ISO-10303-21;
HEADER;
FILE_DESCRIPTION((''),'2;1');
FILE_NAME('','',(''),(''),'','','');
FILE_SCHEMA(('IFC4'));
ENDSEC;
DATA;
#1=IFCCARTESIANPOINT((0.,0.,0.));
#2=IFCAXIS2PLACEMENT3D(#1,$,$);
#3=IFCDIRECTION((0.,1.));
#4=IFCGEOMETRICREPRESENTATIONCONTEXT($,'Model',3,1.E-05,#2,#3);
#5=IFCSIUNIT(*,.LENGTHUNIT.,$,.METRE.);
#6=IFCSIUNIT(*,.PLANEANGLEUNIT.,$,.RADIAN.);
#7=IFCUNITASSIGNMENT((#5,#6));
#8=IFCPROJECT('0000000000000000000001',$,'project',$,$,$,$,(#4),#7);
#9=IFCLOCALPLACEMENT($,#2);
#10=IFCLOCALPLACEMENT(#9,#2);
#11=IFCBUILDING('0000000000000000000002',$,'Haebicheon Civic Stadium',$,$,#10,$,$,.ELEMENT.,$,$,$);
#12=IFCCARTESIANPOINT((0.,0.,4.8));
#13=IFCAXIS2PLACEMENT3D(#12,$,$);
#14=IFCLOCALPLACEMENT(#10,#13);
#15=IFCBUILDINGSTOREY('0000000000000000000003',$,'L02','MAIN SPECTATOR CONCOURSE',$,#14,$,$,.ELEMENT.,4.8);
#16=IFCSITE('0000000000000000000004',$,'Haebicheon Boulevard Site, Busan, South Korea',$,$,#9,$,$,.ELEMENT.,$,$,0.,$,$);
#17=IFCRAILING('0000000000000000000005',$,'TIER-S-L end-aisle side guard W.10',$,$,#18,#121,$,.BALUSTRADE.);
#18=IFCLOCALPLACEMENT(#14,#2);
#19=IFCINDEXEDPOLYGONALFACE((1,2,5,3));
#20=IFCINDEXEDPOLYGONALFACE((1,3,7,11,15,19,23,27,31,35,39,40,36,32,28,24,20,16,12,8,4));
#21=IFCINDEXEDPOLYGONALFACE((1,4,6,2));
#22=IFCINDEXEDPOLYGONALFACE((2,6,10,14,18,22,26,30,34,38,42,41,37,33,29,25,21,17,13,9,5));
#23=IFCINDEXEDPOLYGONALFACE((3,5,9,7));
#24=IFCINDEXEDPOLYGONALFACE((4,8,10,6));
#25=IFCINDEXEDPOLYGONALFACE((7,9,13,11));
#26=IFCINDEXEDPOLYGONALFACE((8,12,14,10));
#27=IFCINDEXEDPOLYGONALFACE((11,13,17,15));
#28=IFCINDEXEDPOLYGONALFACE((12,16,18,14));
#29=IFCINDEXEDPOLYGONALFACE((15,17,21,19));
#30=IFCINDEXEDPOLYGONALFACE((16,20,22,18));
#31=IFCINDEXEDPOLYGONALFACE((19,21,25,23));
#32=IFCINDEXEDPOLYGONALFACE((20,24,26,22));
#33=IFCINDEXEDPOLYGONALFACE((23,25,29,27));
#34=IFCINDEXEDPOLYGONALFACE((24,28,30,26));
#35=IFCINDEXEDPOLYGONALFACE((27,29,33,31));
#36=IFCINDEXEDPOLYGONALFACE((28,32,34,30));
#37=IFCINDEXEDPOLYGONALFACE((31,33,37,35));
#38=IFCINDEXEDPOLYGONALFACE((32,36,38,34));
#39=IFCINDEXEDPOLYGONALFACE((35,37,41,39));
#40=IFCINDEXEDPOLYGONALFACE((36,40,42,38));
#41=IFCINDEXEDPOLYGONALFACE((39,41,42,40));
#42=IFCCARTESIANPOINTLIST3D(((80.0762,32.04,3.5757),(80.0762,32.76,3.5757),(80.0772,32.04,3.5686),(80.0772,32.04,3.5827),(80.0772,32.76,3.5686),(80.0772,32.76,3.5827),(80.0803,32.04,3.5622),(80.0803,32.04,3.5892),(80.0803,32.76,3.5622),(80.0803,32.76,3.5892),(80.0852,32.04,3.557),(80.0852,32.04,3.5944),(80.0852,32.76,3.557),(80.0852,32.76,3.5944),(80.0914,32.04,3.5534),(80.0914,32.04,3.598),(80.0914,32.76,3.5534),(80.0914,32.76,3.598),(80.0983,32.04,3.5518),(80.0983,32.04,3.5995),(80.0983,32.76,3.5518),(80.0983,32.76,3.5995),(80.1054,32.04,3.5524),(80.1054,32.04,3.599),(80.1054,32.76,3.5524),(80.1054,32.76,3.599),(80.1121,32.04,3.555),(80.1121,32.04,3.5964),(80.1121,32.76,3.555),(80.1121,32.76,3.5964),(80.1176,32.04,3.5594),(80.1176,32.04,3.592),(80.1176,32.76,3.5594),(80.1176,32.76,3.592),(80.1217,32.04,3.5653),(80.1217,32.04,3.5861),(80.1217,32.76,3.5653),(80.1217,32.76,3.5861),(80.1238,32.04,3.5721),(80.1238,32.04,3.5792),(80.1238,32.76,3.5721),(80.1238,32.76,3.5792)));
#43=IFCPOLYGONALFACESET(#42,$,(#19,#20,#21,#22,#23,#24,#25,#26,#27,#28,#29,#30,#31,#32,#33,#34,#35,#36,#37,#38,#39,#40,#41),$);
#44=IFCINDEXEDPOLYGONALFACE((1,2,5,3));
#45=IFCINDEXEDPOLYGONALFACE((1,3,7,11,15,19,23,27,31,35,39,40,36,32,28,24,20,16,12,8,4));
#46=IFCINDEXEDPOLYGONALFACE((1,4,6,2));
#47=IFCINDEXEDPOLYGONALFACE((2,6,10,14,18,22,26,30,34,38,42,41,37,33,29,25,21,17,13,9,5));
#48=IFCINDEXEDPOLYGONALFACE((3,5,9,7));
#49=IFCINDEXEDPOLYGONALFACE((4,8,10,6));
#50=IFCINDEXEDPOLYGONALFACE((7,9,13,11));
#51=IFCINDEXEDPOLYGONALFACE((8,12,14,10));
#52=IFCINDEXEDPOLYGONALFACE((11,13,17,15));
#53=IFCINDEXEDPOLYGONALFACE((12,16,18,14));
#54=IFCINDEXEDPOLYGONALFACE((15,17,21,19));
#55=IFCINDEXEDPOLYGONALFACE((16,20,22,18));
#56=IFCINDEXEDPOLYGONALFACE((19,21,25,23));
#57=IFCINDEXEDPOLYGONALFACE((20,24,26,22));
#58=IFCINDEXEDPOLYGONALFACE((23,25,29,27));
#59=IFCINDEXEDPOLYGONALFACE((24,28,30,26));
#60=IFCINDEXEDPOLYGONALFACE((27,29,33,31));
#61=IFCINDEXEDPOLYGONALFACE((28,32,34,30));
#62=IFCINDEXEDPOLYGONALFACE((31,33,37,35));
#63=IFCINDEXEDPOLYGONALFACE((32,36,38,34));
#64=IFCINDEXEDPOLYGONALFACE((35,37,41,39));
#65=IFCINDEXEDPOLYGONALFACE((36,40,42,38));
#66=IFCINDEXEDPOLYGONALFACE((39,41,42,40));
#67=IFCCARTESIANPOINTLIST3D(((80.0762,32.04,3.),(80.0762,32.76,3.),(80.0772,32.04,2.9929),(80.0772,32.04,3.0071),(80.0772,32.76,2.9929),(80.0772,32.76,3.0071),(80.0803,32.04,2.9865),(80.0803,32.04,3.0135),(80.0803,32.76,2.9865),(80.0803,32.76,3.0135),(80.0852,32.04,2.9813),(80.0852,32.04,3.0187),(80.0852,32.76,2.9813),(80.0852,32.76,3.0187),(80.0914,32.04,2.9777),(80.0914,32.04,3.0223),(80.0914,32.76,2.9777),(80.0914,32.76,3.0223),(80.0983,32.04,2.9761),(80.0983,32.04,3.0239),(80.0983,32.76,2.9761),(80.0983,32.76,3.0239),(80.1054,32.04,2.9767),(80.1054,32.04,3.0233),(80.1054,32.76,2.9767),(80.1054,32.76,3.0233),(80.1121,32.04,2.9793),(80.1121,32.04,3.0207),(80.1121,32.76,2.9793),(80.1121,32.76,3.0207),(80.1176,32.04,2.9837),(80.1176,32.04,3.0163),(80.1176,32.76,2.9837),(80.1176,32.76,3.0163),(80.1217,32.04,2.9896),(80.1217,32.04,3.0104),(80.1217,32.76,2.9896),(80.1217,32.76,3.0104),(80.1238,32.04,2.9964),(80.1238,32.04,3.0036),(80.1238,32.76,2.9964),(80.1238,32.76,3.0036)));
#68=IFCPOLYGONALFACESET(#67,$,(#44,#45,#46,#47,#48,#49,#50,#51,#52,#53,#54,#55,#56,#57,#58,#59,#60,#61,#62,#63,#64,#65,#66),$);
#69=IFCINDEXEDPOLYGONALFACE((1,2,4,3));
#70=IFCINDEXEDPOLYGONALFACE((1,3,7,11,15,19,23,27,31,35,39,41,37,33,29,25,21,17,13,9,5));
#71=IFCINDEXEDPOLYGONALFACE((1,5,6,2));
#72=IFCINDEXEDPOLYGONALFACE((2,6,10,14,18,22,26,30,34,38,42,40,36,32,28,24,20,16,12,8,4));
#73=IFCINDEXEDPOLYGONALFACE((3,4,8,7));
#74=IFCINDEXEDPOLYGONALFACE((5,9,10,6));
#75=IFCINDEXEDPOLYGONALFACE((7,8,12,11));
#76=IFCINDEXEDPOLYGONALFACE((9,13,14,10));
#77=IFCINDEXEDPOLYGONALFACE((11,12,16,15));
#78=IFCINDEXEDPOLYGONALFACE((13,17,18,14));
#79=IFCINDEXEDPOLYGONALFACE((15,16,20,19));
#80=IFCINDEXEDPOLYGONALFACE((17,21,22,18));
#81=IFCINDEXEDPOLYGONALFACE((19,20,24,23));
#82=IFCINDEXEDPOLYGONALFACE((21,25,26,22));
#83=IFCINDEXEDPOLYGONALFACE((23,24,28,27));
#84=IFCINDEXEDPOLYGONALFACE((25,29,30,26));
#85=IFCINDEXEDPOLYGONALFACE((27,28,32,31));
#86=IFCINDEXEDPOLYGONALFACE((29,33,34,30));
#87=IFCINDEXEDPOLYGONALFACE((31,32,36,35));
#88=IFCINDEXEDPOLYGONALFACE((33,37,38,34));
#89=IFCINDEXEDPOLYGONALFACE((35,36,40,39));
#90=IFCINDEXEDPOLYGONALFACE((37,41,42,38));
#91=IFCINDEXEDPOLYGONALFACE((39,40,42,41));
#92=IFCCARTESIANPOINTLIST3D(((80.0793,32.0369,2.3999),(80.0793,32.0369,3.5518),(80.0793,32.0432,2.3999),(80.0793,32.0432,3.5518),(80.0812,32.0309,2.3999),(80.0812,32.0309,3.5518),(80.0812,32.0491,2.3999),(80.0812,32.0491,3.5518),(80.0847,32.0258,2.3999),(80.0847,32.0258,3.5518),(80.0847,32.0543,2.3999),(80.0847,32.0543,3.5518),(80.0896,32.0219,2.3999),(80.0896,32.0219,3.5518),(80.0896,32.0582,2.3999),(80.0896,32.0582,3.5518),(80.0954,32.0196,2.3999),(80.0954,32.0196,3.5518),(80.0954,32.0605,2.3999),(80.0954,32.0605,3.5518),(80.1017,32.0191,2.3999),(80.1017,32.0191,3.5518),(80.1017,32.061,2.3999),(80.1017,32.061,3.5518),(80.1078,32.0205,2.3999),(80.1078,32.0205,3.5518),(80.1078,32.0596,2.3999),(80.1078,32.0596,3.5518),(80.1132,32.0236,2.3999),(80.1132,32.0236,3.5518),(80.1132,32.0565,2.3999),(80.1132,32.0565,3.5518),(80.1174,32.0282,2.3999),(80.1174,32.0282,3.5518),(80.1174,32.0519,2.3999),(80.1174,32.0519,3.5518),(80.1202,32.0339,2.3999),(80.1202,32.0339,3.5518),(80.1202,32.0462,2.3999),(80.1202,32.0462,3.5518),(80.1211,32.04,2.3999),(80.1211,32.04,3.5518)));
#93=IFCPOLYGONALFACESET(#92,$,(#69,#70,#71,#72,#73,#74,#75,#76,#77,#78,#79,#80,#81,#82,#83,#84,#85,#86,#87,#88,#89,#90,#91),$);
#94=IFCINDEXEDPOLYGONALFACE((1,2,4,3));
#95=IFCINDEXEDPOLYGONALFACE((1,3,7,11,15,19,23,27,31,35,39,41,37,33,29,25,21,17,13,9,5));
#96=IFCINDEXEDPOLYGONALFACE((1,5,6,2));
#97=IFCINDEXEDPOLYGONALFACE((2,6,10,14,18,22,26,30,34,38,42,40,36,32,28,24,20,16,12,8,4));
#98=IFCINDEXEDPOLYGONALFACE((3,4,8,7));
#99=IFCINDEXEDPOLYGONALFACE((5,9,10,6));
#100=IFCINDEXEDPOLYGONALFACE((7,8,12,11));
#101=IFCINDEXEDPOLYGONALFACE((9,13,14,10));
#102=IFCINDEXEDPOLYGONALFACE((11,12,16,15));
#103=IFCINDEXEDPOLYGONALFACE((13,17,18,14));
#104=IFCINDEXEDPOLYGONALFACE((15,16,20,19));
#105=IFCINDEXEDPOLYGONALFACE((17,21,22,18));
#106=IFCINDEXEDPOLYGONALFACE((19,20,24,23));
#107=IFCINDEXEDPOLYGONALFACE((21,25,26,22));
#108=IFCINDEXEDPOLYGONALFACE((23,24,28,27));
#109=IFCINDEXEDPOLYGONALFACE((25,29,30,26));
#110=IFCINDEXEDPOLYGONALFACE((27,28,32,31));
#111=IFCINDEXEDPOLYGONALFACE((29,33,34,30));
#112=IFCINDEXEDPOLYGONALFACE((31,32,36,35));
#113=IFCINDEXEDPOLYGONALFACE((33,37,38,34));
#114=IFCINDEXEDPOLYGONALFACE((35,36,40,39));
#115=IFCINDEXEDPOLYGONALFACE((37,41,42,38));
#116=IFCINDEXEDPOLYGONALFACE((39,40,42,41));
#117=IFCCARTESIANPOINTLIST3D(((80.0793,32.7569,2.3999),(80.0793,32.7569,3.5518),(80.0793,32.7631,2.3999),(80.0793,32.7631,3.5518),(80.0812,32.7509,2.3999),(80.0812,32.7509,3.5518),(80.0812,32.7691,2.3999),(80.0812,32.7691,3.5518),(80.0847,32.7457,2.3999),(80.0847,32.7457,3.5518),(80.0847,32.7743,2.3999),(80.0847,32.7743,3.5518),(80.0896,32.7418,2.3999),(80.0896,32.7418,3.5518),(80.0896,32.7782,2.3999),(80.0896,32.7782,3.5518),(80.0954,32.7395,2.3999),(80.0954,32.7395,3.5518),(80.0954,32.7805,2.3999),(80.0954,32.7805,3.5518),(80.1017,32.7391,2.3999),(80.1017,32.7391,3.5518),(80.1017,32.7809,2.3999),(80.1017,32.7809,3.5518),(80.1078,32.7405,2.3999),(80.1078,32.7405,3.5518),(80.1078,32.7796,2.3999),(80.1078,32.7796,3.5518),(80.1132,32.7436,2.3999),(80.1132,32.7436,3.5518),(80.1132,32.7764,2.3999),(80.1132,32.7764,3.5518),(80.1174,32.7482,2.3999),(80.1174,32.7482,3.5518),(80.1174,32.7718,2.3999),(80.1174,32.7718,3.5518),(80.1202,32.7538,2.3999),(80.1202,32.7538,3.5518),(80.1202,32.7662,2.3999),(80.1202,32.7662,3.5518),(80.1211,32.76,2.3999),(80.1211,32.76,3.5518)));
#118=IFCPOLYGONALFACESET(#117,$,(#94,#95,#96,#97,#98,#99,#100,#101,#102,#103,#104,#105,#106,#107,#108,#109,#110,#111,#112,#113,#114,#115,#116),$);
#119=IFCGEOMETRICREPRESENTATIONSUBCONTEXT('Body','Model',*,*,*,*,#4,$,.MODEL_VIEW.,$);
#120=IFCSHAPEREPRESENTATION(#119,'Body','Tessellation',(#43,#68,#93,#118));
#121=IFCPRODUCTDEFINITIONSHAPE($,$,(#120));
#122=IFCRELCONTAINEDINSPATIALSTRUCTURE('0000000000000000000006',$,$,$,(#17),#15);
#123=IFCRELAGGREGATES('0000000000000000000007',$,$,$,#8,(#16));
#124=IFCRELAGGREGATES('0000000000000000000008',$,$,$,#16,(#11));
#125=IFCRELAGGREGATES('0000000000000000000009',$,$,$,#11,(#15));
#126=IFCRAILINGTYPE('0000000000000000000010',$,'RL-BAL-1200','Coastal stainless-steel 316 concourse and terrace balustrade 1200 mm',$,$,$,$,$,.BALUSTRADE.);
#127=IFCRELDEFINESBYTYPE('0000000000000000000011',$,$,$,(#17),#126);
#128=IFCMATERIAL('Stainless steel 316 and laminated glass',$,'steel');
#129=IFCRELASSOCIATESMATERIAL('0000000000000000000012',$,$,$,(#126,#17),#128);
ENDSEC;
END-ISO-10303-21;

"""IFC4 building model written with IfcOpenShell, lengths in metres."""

from ifc_helpers import new_model, si_unit, direction, frame, origin, origin_2d, place, context, subcontext, project, spatial, circle, extrude, material, type_object, element, save


model = new_model("IFC4")

# Units and contexts
model_context = context("Model", 3, precision=1e-05, world=origin(), true_north=direction((0.0, 1.0)))
body_context = subcontext(model_context, "Body", "Model", "MODEL_VIEW")
ifc_project = project(units=[si_unit("LENGTHUNIT", "METRE"), si_unit("PLANEANGLEUNIT", "RADIAN")], contexts=[model_context])

# Site, building, storey
site_placement = place(None, origin())
site = spatial("IfcSite", under=ifc_project, at=site_placement, Name="Haebicheon Boulevard Site, Busan, South Korea", CompositionType="ELEMENT", RefElevation=0.0)
building_placement = place(site_placement, origin())
building = spatial("IfcBuilding", under=site, at=building_placement, Name="Haebicheon Civic Stadium", CompositionType="ELEMENT")
storey_placement = place(building_placement, frame((0.0, 0.0, 4.8)))
storey = spatial("IfcBuildingStorey", under=building, at=storey_placement, Name="L02", Description="MAIN SPECTATOR CONCOURSE", CompositionType="ELEMENT", Elevation=4.8)

# Railing
ifc_material_1 = material(Name="Stainless steel 316 and laminated glass", Category="steel")
railing_type = type_object("IfcRailingType", Name="RL-BAL-1200", Description="Coastal stainless-steel 316 concourse and terrace balustrade 1200 mm", PredefinedType="BALUSTRADE", material=ifc_material_1)
for number, where, name in (
    (1, (80.1001, 32.04, 2.3999), "TIER-S-L end-aisle side guard W.10"),
):
    element("IfcRailing", number, at=place(storey_placement, frame(where)), inside=storey, type_object=railing_type, material=ifc_material_1, Name=name, PredefinedType="BALUSTRADE", context=body_context, shape_type="SweptSolid", body=[
        extrude(circle(Radius=0.0239, at=origin_2d()), frame((0.0, 0.0, 1.1758), z_axis=(0.0, 1.0, 0.0), x_axis=(-1.0, 0.0, 0.0)), (0.0, 0.0, 1.0), 0.72),
        extrude(circle(Radius=0.0239, at=origin_2d()), frame((0.0, 0.0, 0.6001), z_axis=(0.0, 1.0, 0.0), x_axis=(-1.0, 0.0, 0.0)), (0.0, 0.0, 1.0), 0.72),
        extrude(circle(Radius=0.021, at=origin_2d()), origin(), (0.0, 0.0, 1.0), 1.1519),
        extrude(circle(Radius=0.021, at=origin_2d()), frame((0.0, 0.72, 0.0)), (0.0, 0.0, 1.0), 1.1519),
    ])

save(model, "model.ifc")
